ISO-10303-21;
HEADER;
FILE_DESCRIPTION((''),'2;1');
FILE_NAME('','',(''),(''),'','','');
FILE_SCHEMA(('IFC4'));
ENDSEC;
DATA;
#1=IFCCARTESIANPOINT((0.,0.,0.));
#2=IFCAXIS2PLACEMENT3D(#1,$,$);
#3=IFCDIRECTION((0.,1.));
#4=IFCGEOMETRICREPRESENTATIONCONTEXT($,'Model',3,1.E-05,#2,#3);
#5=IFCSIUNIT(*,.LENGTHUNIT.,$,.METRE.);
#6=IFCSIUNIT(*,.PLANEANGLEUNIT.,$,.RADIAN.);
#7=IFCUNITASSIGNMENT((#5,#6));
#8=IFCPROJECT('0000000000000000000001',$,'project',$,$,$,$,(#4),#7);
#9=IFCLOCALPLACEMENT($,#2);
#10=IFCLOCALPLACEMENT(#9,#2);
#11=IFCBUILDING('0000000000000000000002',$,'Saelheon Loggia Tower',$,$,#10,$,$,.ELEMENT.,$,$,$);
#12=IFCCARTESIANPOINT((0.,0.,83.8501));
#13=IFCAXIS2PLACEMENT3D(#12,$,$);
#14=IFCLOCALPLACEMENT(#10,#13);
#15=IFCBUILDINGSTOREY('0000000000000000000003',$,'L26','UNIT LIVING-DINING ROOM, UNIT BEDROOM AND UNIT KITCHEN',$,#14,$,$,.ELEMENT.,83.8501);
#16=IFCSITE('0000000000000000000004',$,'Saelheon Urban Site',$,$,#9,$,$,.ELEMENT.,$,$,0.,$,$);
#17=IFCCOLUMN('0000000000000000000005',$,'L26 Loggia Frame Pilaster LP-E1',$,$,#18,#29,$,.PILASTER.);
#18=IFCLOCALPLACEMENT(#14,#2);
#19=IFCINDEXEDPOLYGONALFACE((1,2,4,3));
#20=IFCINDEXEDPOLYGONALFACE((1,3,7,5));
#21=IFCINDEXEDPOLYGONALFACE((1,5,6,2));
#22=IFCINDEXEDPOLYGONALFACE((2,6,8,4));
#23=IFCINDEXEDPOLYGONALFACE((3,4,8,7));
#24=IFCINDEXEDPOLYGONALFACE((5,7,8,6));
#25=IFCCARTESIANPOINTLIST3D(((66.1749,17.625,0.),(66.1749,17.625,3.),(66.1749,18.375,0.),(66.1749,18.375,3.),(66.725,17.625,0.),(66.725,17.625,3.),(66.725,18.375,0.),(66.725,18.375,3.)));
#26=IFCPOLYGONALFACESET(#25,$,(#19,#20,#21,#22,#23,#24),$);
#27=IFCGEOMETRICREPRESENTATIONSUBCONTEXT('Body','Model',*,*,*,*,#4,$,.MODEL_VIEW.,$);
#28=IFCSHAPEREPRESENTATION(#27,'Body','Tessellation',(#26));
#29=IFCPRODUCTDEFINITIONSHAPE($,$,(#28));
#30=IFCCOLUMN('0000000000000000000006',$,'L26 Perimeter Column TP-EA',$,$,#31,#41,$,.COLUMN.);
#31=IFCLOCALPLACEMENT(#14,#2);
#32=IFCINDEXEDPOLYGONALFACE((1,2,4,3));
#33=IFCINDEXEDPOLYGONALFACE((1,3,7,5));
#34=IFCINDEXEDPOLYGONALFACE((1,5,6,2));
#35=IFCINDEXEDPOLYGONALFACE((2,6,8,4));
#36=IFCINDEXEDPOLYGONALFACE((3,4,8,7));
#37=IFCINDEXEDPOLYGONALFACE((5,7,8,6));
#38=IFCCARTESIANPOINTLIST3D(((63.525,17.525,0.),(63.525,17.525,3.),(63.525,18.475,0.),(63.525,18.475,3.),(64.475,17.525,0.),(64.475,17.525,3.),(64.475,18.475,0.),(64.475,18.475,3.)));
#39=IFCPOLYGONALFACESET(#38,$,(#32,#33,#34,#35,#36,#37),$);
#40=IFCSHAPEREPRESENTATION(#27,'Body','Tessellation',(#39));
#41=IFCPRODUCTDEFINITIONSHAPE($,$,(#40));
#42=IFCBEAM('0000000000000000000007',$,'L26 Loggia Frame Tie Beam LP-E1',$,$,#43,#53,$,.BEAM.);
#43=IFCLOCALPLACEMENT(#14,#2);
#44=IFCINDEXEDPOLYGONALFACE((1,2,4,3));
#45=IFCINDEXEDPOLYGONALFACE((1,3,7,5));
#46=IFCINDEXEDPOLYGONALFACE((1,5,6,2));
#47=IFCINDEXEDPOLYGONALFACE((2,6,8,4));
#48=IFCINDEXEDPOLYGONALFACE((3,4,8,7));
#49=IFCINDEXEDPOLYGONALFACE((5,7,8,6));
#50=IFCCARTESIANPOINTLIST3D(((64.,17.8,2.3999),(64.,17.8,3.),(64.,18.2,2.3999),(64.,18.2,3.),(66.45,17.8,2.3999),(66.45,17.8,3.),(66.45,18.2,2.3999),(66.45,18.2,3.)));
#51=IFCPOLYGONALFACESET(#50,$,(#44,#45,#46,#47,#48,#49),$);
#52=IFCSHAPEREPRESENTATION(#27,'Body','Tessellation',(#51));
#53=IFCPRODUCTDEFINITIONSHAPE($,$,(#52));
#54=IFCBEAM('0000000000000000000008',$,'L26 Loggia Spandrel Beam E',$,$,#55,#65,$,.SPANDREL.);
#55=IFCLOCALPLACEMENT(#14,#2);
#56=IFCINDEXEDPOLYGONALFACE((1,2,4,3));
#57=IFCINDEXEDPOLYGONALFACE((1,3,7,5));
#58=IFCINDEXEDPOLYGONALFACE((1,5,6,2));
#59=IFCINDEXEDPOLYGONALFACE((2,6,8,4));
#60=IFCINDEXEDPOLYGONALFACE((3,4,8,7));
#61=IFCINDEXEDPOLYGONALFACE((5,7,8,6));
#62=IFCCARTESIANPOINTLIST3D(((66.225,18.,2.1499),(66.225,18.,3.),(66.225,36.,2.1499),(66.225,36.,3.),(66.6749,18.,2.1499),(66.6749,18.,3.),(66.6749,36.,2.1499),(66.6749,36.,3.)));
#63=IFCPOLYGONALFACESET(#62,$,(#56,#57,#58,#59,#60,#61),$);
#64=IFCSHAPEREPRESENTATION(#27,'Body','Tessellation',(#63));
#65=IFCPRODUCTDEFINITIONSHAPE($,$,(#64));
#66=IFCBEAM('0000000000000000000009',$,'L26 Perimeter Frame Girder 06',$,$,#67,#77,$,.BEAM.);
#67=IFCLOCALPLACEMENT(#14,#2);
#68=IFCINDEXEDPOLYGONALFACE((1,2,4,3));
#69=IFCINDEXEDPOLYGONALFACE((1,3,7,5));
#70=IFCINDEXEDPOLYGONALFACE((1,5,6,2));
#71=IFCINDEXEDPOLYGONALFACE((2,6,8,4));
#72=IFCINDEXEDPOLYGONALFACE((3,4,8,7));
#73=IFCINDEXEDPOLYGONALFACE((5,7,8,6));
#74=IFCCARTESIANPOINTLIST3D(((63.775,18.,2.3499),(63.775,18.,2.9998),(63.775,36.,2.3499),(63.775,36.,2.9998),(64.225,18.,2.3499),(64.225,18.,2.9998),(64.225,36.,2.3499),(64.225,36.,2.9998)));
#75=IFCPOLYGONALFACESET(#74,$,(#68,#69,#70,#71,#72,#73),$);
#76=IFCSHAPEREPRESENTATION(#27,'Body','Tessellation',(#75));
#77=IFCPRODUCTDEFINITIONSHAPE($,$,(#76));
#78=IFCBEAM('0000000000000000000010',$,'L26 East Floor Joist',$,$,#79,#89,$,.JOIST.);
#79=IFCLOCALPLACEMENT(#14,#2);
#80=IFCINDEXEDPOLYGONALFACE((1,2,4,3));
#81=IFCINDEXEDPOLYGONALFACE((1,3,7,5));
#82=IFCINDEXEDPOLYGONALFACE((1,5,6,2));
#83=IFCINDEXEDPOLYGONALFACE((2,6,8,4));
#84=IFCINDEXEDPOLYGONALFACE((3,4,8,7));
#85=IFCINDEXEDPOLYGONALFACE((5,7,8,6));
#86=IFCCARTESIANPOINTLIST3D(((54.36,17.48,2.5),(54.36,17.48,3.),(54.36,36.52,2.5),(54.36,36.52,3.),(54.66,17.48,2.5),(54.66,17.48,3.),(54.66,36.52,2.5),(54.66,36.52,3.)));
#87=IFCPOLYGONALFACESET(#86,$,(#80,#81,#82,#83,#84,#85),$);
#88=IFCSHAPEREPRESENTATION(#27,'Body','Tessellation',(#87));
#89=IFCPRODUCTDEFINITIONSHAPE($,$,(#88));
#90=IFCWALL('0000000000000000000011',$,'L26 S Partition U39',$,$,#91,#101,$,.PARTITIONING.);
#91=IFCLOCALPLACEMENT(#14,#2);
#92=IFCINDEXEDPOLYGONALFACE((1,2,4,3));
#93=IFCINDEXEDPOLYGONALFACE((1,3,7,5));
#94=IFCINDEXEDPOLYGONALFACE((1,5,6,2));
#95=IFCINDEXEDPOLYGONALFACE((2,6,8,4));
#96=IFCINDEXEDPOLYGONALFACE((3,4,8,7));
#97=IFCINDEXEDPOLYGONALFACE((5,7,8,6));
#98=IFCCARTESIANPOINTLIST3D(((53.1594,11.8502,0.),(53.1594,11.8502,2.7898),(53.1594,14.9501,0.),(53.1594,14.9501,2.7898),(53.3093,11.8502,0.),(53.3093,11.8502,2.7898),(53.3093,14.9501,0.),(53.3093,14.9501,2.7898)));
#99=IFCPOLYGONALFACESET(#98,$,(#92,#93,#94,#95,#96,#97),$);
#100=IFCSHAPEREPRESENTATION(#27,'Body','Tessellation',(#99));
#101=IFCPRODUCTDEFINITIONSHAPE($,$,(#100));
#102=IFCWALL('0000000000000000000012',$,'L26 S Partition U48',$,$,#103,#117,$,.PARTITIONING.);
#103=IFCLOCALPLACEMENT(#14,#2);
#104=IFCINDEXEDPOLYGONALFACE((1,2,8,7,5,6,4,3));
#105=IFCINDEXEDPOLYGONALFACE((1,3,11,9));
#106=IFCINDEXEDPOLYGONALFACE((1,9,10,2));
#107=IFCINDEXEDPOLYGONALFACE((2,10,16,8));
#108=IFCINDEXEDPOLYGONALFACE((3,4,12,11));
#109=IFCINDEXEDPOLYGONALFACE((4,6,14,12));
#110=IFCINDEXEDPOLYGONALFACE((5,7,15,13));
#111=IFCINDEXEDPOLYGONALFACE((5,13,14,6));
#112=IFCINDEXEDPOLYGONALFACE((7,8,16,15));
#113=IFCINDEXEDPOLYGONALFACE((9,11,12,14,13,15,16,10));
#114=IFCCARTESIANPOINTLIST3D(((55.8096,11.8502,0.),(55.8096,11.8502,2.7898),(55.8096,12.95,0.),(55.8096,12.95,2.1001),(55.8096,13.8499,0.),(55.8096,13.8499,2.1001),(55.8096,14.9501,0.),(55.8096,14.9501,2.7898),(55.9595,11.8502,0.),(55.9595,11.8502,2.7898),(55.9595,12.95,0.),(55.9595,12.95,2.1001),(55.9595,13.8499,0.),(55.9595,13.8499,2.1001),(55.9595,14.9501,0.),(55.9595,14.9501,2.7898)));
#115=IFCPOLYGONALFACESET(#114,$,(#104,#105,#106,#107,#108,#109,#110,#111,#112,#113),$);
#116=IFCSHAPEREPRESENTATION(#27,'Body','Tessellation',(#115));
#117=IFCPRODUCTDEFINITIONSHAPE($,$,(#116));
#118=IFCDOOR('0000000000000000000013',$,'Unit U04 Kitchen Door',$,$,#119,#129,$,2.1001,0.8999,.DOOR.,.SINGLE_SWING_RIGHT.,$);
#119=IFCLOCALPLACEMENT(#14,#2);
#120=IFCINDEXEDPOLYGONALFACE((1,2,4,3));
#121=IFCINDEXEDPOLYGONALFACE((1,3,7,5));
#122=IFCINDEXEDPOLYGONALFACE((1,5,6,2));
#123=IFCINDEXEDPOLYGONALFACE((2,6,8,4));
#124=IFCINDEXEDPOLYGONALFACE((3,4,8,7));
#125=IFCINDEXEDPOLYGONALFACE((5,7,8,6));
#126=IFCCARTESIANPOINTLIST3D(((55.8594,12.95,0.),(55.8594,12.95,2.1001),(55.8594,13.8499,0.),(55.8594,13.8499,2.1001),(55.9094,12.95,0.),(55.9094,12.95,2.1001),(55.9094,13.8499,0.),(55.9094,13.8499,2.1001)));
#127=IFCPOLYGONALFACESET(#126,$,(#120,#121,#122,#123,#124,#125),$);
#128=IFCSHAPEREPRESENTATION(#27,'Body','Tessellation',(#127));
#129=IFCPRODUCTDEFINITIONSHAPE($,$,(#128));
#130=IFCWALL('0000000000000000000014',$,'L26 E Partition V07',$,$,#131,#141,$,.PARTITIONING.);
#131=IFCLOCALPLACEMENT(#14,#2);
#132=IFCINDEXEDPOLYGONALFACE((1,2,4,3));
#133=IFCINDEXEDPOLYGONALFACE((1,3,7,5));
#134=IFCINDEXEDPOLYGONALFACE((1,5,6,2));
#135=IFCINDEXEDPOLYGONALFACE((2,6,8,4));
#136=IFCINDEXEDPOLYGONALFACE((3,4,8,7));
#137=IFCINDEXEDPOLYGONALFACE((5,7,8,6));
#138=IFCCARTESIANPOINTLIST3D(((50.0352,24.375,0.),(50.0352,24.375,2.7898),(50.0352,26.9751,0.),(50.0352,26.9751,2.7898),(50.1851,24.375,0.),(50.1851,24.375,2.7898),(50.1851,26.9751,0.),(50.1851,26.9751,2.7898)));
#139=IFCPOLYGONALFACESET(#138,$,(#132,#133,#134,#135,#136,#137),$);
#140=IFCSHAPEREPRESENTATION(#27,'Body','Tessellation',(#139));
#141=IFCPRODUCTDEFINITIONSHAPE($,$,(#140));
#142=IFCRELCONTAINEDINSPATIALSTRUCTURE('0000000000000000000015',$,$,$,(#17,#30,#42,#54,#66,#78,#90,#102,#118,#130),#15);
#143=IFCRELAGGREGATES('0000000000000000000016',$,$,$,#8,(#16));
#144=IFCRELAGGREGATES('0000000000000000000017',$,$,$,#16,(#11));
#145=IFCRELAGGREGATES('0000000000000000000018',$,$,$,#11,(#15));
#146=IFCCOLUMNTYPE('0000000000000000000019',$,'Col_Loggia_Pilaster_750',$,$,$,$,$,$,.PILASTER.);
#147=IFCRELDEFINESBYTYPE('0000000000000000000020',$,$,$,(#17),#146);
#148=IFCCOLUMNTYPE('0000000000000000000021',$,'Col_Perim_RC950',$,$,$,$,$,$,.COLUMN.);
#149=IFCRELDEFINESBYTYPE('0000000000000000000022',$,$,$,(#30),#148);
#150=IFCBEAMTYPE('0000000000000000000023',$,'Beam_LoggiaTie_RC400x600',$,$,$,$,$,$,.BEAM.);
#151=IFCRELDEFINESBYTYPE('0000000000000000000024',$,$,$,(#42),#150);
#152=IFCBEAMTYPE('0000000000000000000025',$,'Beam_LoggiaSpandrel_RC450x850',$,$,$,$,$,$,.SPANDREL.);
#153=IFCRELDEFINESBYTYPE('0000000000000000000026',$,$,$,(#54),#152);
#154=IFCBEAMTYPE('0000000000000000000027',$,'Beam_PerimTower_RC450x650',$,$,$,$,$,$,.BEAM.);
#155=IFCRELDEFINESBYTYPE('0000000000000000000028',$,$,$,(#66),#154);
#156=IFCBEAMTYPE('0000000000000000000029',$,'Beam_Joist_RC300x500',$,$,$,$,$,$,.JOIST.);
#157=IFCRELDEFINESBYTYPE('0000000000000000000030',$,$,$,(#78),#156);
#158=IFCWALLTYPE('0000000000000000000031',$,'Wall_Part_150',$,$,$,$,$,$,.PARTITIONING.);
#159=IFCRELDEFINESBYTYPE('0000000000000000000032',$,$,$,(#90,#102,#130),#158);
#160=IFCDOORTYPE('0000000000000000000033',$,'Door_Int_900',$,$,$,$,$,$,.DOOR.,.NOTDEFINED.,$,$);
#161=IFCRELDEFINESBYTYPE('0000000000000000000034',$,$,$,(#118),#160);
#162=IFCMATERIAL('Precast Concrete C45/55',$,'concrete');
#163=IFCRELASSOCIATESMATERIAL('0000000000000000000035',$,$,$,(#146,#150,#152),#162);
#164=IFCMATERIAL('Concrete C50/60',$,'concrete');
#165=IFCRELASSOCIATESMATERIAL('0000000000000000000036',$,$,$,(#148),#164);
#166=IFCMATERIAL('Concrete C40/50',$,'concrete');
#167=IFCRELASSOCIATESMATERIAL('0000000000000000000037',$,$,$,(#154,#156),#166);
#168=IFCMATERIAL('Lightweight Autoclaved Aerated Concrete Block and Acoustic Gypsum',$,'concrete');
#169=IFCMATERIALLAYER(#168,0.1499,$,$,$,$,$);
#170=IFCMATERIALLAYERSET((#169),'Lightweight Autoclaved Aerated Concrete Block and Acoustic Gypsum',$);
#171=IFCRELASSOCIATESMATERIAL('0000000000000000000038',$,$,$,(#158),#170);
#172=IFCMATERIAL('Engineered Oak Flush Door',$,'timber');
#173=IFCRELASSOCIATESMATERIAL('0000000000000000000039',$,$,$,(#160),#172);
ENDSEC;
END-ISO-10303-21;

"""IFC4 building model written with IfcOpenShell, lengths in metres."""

from ifc_helpers import new_model, si_unit, direction, frame, frame_2d, origin, origin_2d, place, context, subcontext, project, spatial, rectangle, extrude, source, transform, mapped, material, layer, layer_set, material_profile, profile_set, type_object, element, fill, save


model = new_model("IFC4")

# Units and contexts
model_context = context("Model", 3, precision=1e-05, world=origin(), true_north=direction((0.0, 1.0)))
body_context = subcontext(model_context, "Body", "Model", "MODEL_VIEW")
ifc_project = project(units=[si_unit("LENGTHUNIT", "METRE"), si_unit("PLANEANGLEUNIT", "RADIAN")], contexts=[model_context])

# Site, building, storey
site_placement = place(None, origin())
site = spatial("IfcSite", under=ifc_project, at=site_placement, Name="Saelheon Urban Site", CompositionType="ELEMENT", RefElevation=0.0)
building_placement = place(site_placement, origin())
building = spatial("IfcBuilding", under=site, at=building_placement, Name="Saelheon Loggia Tower", CompositionType="ELEMENT")
storey_placement = place(building_placement, frame((0.0, 0.0, 83.8501)))
storey = spatial("IfcBuildingStorey", under=building, at=storey_placement, Name="L26", Description="UNIT LIVING-DINING ROOM, UNIT BEDROOM AND UNIT KITCHEN", CompositionType="ELEMENT", Elevation=83.8501)

# Columns
ifc_material_1 = material(Name="Precast Concrete C45/55", Category="concrete")
ifc_material_profile_1 = material_profile(ifc_material_1, rectangle(XDim=0.55, YDim=0.75, at=origin_2d()), Name="RC-550x750")
ifc_profile_set_1 = profile_set([ifc_material_profile_1], Name="Precast Concrete C45/55")
column_type_1 = type_object("IfcColumnType", Name="Col_Loggia_Pilaster_750", PredefinedType="PILASTER", material=ifc_profile_set_1)
shared_shape_1 = source(origin(), body_context, "Body", "SweptSolid", [
    extrude(rectangle(XDim=0.55, YDim=0.75, at=origin_2d()), origin(), (0.0, 0.0, 1.0), 3.0),
])
column_1_placement = place(storey_placement, frame((66.45, 18.0, 0.0), z_axis=(0.0, 0.0, 1.0), x_axis=(1.0, 0.0, 0.0)))
element("IfcColumn", 1, at=column_1_placement, inside=storey, type_object=column_type_1, Name="L26 Loggia Frame Pilaster LP-E1", PredefinedType="PILASTER", context=body_context, shape_type="MappedRepresentation", body=[
    mapped(shared_shape_1, transform((0.0, 0.0, 0.0), scale=1.0)),
])
ifc_material_2 = material(Name="Concrete C50/60", Category="concrete")
ifc_material_profile_2 = material_profile(ifc_material_2, rectangle(XDim=0.95, YDim=0.95, at=origin_2d()), Name="RC-950x950")
ifc_profile_set_2 = profile_set([ifc_material_profile_2], Name="Concrete C50/60")
column_type_2 = type_object("IfcColumnType", Name="Col_Perim_RC950", PredefinedType="COLUMN", material=ifc_profile_set_2)
shared_shape_2 = source(origin(), body_context, "Body", "SweptSolid", [
    extrude(rectangle(XDim=0.95, YDim=0.95, at=origin_2d()), origin(), (0.0, 0.0, 1.0), 3.0),
])
column_2_placement = place(storey_placement, frame((64.0, 18.0, 0.0), z_axis=(0.0, 0.0, 1.0), x_axis=(1.0, 0.0, 0.0)))
element("IfcColumn", 2, at=column_2_placement, inside=storey, type_object=column_type_2, Name="L26 Perimeter Column TP-EA", PredefinedType="COLUMN", context=body_context, shape_type="MappedRepresentation", body=[
    mapped(shared_shape_2, transform((0.0, 0.0, 0.0), scale=1.0)),
])

# Beams
ifc_material_profile_3 = material_profile(ifc_material_1, rectangle(XDim=0.3999, YDim=0.6001, at=origin_2d()), Name="RC-400x600")
ifc_profile_set_3 = profile_set([ifc_material_profile_3], Name="Precast Concrete C45/55")
beam_type_1 = type_object("IfcBeamType", Name="Beam_LoggiaTie_RC400x600", PredefinedType="BEAM", material=ifc_profile_set_3)
shared_shape_3 = source(origin(), body_context, "Body", "SweptSolid", [
    extrude(rectangle(XDim=0.3999, YDim=0.6001, at=origin_2d()), origin(), (0.0, 0.0, 1.0), 2.45),
])
beam_1_placement = place(storey_placement, frame((64.0, 18.0, 2.7), z_axis=(1.0, 0.0, 0.0), x_axis=(0.0, 1.0, 0.0)))
element("IfcBeam", 3, at=beam_1_placement, inside=storey, type_object=beam_type_1, Name="L26 Loggia Frame Tie Beam LP-E1", PredefinedType="BEAM", context=body_context, shape_type="MappedRepresentation", body=[
    mapped(shared_shape_3, transform((0.0, 0.0, 0.0), scale=1.0)),
])
ifc_material_profile_4 = material_profile(ifc_material_1, rectangle(XDim=0.45, YDim=0.8501, at=origin_2d()), Name="RC-450x850")
ifc_profile_set_4 = profile_set([ifc_material_profile_4], Name="Precast Concrete C45/55")
beam_type_2 = type_object("IfcBeamType", Name="Beam_LoggiaSpandrel_RC450x850", PredefinedType="SPANDREL", material=ifc_profile_set_4)
shared_shape_4 = source(origin(), body_context, "Body", "SweptSolid", [
    extrude(rectangle(XDim=0.45, YDim=0.8501, at=origin_2d()), origin(), (0.0, 0.0, 1.0), 18.0),
])
beam_2_placement = place(storey_placement, frame((66.45, 18.0, 2.575), z_axis=(0.0, 1.0, 0.0), x_axis=(-1.0, 0.0, 0.0)))
element("IfcBeam", 4, at=beam_2_placement, inside=storey, type_object=beam_type_2, Name="L26 Loggia Spandrel Beam E", PredefinedType="SPANDREL", context=body_context, shape_type="MappedRepresentation", body=[
    mapped(shared_shape_4, transform((0.0, 0.0, 0.0), scale=1.0)),
])
ifc_material_3 = material(Name="Concrete C40/50", Category="concrete")
ifc_material_profile_5 = material_profile(ifc_material_3, rectangle(XDim=0.45, YDim=0.6499, at=origin_2d()), Name="RC-450x650")
ifc_profile_set_5 = profile_set([ifc_material_profile_5], Name="Concrete C40/50")
beam_type_3 = type_object("IfcBeamType", Name="Beam_PerimTower_RC450x650", PredefinedType="BEAM", material=ifc_profile_set_5)
shared_shape_5 = source(origin(), body_context, "Body", "SweptSolid", [
    extrude(rectangle(XDim=0.45, YDim=0.6499, at=origin_2d()), origin(), (0.0, 0.0, 1.0), 18.0),
])
beam_3_placement = place(storey_placement, frame((64.0, 18.0, 2.6748), z_axis=(0.0, 1.0, 0.0), x_axis=(-1.0, 0.0, 0.0)))
element("IfcBeam", 5, at=beam_3_placement, inside=storey, type_object=beam_type_3, Name="L26 Perimeter Frame Girder 06", PredefinedType="BEAM", context=body_context, shape_type="MappedRepresentation", body=[
    mapped(shared_shape_5, transform((0.0, 0.0, 0.0), scale=1.0)),
])
ifc_material_profile_6 = material_profile(ifc_material_3, rectangle(XDim=0.3, YDim=0.5, at=origin_2d()), Name="RC-300x500")
ifc_profile_set_6 = profile_set([ifc_material_profile_6], Name="Concrete C40/50")
beam_type_4 = type_object("IfcBeamType", Name="Beam_Joist_RC300x500", PredefinedType="JOIST", material=ifc_profile_set_6)
shared_shape_6 = source(origin(), body_context, "Body", "SweptSolid", [
    extrude(rectangle(XDim=0.3, YDim=0.5, at=origin_2d()), origin(), (0.0, 0.0, 1.0), 19.04),
])
beam_4_placement = place(storey_placement, frame((54.51, 17.48, 2.75), z_axis=(0.0, 1.0, 0.0), x_axis=(-1.0, 0.0, 0.0)))
element("IfcBeam", 6, at=beam_4_placement, inside=storey, type_object=beam_type_4, Name="L26 East Floor Joist", PredefinedType="JOIST", context=body_context, shape_type="MappedRepresentation", body=[
    mapped(shared_shape_6, transform((0.0, 0.0, 0.0), scale=1.0)),
])

# Wall
ifc_material_4 = material(Name="Lightweight Autoclaved Aerated Concrete Block and Acoustic Gypsum", Category="concrete")
ifc_layer_1 = layer(ifc_material_4, 0.1499)
ifc_layer_set_1 = layer_set([ifc_layer_1], Name="Lightweight Autoclaved Aerated Concrete Block and Acoustic Gypsum")
wall_type_1 = type_object("IfcWallType", Name="Wall_Part_150", PredefinedType="PARTITIONING", material=ifc_layer_set_1)
wall_1_placement = place(storey_placement, frame((53.2344, 14.95, 0.0), z_axis=(0.0, 0.0, 1.0), x_axis=(0.0, -1.0, 0.0)))
element("IfcWall", 7, at=wall_1_placement, inside=storey, type_object=wall_type_1, Name="L26 S Partition U39", PredefinedType="PARTITIONING", context=body_context, shape_type="SweptSolid", body=[
    extrude(rectangle(XDim=3.0999, YDim=0.1499, at=frame_2d((1.5498, 0.0))), origin(), (0.0, 0.0, 1.0), 2.7898),
])

# Wall, opening, door
wall_2_placement = place(storey_placement, frame((55.8845, 14.95, 0.0), z_axis=(0.0, 0.0, 1.0), x_axis=(0.0, -1.0, 0.0)))
wall_2 = element("IfcWall", 8, at=wall_2_placement, inside=storey, type_object=wall_type_1, Name="L26 S Partition U48", PredefinedType="PARTITIONING", context=body_context, shape_type="SweptSolid", body=[
    extrude(rectangle(XDim=3.0999, YDim=0.1499, at=frame_2d((1.5498, 0.0))), origin(), (0.0, 0.0, 1.0), 2.7898),
])
opening_1_placement = place(wall_2_placement, frame((1.1001, 0.0, 0.0)))
opening_1 = element("IfcOpeningElement", 9, at=opening_1_placement, cuts=wall_2, PredefinedType="OPENING", context=body_context, shape_type="SweptSolid", body=[
    extrude(rectangle(XDim=0.8999, YDim=2.1001, at=frame_2d((0.45, 1.05))), frame((0.0, 0.0869, 0.0), z_axis=(0.0, -1.0, 0.0), x_axis=(1.0, 0.0, 0.0)), (0.0, 0.0, 1.0), 0.1738),
])
ifc_material_5 = material(Name="Engineered Oak Flush Door", Category="timber")
door_type = type_object("IfcDoorType", Name="Door_Int_900", OperationType="NOTDEFINED", PredefinedType="DOOR", material=ifc_material_5)
shared_shape_7 = source(origin(), body_context, "Body", "SweptSolid", [
    extrude(rectangle(XDim=0.8999, YDim=2.1001, at=frame_2d((0.45, 1.05))), frame((0.0, 0.0249, 0.0), z_axis=(0.0, -1.0, 0.0), x_axis=(1.0, 0.0, 0.0)), (0.0, 0.0, 1.0), 0.05),
])
door_1_placement = place(opening_1_placement, origin())
door_1 = element("IfcDoor", 10, at=door_1_placement, inside=storey, type_object=door_type, Name="Unit U04 Kitchen Door", OperationType="SINGLE_SWING_RIGHT", OverallHeight=2.1001, OverallWidth=0.8999, PredefinedType="DOOR", context=body_context, shape_type="MappedRepresentation", body=[
    mapped(shared_shape_7, transform((0.0, 0.0, 0.0), scale=1.0)),
])
fill(opening_1, door_1)

# Wall
wall_3_placement = place(storey_placement, frame((50.1101, 24.375, 0.0), z_axis=(0.0, 0.0, 1.0), x_axis=(0.0, 1.0, 0.0)))
element("IfcWall", 11, at=wall_3_placement, inside=storey, type_object=wall_type_1, Name="L26 E Partition V07", PredefinedType="PARTITIONING", context=body_context, shape_type="SweptSolid", body=[
    extrude(rectangle(XDim=2.6001, YDim=0.1499, at=frame_2d((1.3, 0.0))), origin(), (0.0, 0.0, 1.0), 2.7898),
])

save(model, "model.ifc")
